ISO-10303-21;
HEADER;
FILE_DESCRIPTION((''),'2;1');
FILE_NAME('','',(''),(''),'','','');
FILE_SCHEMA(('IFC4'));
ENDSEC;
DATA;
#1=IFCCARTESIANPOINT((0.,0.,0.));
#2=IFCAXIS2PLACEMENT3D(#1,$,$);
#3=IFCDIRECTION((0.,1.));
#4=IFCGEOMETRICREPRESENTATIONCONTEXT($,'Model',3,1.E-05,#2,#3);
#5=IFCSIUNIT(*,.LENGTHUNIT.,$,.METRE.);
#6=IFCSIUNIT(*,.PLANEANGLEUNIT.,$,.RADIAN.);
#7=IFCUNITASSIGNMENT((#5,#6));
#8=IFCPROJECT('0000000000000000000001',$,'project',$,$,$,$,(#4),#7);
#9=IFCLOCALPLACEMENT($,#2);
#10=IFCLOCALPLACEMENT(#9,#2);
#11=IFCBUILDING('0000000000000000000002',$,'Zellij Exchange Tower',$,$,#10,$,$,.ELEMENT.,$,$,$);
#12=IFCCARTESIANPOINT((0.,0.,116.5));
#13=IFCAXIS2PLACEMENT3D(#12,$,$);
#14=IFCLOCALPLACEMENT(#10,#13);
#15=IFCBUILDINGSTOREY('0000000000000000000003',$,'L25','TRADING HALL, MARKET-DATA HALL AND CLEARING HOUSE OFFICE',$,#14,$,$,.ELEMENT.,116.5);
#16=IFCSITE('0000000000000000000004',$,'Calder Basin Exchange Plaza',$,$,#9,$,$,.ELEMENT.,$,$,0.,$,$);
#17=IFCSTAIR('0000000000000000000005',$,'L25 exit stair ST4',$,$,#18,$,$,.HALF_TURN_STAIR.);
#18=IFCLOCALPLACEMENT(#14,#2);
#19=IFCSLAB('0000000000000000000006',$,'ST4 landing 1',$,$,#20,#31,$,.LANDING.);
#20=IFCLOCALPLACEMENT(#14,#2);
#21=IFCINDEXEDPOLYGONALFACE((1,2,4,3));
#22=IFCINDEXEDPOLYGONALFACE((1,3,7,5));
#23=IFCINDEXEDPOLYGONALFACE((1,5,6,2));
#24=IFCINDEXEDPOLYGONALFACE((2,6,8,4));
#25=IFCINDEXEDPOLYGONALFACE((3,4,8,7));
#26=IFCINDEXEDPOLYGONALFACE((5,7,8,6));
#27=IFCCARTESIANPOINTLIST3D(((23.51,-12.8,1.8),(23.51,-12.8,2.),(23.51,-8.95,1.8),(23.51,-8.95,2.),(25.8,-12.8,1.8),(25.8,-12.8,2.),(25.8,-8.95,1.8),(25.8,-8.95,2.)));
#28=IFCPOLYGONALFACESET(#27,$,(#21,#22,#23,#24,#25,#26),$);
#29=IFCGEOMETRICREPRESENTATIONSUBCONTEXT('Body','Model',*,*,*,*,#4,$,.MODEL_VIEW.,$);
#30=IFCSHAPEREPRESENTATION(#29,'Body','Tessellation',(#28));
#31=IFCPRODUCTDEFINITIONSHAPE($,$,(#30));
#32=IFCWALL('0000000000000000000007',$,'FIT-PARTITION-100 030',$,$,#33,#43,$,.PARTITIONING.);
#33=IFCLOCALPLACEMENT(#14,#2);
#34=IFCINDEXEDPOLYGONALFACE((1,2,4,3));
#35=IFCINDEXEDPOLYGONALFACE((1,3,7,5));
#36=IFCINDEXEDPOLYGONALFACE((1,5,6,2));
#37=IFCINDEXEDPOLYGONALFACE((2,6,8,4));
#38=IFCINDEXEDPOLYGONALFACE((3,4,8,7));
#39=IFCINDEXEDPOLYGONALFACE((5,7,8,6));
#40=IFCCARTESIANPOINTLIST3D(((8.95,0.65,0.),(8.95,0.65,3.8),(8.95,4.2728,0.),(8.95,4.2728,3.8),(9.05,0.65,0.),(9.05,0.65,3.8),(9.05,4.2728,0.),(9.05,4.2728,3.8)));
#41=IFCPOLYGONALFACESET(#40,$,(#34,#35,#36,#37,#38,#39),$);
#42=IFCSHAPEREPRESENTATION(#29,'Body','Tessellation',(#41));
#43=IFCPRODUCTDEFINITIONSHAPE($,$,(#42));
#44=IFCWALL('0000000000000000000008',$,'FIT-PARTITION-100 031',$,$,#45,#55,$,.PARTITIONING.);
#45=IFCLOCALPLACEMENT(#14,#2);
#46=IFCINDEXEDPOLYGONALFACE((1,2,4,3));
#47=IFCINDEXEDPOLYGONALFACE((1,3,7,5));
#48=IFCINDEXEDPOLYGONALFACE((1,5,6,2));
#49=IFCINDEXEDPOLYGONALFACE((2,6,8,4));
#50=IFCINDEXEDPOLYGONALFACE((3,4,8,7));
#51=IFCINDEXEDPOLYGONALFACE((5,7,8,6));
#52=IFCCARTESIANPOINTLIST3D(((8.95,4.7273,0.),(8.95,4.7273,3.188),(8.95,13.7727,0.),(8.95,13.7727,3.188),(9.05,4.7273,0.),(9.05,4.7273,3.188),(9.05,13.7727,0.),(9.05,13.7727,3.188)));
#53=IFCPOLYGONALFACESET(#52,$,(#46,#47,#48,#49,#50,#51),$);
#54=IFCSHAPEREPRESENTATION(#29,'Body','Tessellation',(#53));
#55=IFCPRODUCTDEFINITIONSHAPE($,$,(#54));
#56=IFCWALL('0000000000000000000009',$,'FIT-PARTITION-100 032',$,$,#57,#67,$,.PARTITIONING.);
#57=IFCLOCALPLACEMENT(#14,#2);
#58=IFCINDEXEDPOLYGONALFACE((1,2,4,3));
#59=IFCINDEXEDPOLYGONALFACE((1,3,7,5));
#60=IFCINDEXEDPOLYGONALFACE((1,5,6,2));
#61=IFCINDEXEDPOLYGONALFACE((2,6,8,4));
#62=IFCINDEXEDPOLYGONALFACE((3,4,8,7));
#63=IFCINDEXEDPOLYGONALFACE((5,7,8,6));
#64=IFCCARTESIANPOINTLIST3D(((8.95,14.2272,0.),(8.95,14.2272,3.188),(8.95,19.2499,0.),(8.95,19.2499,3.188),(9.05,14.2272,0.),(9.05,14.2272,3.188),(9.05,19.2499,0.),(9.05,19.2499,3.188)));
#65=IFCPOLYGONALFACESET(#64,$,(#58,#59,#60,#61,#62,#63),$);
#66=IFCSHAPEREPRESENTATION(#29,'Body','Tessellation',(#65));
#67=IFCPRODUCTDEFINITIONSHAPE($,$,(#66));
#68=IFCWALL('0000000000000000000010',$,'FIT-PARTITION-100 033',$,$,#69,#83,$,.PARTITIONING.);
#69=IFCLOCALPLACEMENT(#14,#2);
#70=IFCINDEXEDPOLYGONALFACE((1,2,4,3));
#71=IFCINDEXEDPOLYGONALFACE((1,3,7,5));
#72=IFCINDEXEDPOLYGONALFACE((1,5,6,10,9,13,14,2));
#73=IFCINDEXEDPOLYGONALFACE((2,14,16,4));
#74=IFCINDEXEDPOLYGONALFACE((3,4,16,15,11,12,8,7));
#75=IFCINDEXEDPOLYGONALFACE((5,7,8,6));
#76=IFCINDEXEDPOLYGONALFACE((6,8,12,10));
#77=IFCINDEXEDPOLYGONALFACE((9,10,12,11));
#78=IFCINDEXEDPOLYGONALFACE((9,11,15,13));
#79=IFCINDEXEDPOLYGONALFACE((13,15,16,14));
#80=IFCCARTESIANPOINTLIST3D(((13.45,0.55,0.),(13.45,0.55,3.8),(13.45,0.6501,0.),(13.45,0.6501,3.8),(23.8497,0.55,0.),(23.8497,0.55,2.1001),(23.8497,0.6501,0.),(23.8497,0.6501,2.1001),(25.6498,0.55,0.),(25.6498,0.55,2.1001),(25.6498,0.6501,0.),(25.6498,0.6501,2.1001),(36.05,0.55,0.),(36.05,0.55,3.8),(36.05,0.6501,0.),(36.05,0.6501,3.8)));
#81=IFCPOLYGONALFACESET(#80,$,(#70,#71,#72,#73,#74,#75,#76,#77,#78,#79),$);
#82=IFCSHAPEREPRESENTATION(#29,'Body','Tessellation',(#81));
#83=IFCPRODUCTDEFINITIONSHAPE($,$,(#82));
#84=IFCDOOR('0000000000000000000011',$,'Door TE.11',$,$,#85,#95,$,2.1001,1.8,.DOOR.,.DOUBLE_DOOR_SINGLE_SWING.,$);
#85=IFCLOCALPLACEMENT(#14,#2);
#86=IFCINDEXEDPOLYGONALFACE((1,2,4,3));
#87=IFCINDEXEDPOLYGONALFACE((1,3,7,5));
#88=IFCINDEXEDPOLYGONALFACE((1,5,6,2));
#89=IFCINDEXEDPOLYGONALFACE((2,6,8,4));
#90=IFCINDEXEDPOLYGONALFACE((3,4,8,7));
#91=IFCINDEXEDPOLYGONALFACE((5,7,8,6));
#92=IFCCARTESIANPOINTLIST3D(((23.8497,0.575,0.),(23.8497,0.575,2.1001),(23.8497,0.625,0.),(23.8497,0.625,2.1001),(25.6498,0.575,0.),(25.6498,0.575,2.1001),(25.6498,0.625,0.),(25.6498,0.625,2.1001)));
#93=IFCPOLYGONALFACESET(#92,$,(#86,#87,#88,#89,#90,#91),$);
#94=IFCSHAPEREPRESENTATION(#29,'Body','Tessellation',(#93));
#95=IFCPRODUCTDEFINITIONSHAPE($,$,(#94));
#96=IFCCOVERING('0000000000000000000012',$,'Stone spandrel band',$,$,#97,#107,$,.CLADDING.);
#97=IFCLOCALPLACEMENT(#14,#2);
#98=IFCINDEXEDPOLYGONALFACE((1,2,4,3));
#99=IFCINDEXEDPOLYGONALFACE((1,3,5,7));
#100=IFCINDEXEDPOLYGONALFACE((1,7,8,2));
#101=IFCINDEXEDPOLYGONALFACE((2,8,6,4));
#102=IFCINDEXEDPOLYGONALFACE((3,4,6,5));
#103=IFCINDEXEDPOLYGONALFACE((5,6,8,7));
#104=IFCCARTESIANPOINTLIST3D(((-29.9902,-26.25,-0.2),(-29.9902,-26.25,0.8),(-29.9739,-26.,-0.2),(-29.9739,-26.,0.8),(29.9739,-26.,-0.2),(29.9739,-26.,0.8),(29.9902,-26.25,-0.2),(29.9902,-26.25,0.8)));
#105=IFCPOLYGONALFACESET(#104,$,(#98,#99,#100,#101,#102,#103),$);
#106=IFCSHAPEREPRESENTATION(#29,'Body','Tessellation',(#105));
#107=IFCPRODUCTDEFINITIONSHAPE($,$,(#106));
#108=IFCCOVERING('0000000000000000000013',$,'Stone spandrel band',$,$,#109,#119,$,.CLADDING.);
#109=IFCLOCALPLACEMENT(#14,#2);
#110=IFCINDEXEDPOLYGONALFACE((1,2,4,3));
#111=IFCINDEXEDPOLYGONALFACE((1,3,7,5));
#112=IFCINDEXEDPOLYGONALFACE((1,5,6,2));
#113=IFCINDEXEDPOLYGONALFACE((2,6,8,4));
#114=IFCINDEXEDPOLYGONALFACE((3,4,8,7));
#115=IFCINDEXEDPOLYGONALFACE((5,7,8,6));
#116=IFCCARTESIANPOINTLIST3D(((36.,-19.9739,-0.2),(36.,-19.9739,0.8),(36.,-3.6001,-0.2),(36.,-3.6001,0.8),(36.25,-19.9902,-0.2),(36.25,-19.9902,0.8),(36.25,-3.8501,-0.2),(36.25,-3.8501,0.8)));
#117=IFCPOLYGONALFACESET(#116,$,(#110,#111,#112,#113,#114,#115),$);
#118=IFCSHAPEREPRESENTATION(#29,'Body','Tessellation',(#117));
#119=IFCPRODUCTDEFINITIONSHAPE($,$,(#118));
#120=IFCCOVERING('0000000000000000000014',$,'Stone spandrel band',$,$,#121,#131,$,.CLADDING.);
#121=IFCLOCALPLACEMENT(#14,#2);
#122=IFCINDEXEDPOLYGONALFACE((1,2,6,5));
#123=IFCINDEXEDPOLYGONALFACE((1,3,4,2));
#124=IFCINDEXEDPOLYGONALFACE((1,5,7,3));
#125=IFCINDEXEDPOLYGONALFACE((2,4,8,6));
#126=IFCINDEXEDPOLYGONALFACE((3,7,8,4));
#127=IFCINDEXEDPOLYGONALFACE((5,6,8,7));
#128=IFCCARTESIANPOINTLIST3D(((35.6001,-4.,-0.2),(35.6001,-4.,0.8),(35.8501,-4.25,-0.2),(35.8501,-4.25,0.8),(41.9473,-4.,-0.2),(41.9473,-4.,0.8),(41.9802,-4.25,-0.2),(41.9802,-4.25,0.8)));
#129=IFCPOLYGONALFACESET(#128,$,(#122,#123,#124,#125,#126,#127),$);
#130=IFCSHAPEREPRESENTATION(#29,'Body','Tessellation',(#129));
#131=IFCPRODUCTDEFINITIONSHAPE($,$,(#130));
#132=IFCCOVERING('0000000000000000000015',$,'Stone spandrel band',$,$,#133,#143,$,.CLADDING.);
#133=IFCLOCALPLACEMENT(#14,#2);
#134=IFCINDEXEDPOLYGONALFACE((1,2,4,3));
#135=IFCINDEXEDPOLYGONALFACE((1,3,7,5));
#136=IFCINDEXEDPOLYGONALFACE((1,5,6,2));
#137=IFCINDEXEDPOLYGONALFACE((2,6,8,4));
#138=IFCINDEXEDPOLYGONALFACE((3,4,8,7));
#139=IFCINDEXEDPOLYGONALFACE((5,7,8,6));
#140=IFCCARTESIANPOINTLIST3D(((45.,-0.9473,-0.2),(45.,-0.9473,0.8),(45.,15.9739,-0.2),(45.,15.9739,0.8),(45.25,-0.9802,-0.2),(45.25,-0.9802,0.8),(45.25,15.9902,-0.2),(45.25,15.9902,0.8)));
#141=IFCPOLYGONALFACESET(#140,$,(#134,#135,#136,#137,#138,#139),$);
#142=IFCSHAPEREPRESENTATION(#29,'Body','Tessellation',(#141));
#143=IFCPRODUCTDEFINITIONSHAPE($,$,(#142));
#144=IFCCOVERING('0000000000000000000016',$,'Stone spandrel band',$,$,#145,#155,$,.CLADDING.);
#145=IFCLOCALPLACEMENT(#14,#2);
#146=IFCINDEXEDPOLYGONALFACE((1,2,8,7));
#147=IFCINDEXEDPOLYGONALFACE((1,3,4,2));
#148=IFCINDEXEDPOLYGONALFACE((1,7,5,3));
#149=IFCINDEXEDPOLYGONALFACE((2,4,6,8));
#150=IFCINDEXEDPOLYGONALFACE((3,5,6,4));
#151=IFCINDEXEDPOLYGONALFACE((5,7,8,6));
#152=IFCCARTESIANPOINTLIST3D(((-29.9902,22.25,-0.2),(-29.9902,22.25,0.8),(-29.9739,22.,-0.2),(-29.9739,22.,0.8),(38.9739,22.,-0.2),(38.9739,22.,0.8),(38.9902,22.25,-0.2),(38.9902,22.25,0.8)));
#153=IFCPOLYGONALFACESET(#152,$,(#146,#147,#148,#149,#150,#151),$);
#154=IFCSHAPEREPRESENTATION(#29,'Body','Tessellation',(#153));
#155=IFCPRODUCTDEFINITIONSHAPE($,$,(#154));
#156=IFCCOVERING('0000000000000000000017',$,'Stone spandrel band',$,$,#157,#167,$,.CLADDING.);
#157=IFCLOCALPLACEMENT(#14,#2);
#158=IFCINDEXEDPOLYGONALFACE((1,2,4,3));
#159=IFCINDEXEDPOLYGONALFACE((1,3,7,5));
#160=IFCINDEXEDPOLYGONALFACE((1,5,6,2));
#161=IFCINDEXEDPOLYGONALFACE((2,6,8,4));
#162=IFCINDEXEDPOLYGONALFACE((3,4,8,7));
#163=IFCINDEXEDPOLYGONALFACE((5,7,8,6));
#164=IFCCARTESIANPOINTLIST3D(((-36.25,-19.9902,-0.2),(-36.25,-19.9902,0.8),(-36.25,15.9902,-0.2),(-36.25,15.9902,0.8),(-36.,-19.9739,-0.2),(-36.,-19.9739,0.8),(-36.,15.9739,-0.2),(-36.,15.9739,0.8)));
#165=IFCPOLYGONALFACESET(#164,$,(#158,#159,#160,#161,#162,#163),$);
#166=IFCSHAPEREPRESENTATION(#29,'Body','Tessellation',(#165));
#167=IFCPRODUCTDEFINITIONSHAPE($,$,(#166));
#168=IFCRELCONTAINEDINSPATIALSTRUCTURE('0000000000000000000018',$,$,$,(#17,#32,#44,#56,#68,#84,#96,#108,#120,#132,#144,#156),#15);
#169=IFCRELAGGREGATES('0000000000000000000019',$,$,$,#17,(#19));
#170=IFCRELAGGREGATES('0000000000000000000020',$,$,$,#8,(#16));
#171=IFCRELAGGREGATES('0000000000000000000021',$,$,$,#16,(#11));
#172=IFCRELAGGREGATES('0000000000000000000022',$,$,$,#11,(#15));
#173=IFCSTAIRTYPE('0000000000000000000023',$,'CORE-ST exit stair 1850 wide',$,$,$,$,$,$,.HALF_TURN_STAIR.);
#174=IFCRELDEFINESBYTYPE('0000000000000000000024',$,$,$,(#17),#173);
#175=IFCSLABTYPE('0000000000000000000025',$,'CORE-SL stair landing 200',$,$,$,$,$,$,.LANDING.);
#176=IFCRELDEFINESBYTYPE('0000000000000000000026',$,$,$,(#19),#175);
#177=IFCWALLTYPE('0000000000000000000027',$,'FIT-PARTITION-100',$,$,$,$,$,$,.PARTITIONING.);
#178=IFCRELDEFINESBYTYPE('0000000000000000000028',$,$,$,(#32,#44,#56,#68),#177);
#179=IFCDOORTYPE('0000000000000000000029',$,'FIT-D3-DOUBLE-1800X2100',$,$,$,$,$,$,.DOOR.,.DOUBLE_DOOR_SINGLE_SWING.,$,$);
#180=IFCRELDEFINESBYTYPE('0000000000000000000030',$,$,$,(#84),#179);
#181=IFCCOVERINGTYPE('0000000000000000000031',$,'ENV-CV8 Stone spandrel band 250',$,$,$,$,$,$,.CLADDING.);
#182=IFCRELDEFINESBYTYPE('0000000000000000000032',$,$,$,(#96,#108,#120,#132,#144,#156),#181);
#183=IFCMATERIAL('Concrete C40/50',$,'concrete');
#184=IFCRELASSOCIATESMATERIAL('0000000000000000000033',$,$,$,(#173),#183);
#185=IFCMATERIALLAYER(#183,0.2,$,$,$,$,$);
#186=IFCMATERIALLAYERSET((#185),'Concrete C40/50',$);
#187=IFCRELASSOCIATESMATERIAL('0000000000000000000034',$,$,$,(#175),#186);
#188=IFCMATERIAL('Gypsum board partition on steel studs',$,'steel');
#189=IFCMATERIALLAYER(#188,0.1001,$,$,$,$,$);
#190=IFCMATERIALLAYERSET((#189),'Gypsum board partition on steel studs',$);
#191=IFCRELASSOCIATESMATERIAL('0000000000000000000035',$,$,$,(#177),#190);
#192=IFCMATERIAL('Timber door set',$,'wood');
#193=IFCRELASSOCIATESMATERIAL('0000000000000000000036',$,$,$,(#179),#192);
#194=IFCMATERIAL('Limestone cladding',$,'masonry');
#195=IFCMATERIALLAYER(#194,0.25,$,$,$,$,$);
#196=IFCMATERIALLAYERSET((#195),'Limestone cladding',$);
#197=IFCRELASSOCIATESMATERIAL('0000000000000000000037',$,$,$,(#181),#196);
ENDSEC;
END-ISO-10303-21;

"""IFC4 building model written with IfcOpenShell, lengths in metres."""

from ifc_helpers import new_model, si_unit, direction, frame, frame_2d, origin, place, context, subcontext, project, spatial, polyline, rectangle, outline, extrude, material, layer, layer_set, type_object, element, fill, aggregate, save


model = new_model("IFC4")

# Units and contexts
model_context = context("Model", 3, precision=1e-05, world=origin(), true_north=direction((0.0, 1.0)))
body_context = subcontext(model_context, "Body", "Model", "MODEL_VIEW")
ifc_project = project(units=[si_unit("LENGTHUNIT", "METRE"), si_unit("PLANEANGLEUNIT", "RADIAN")], contexts=[model_context])

# Site, building, storey
site_placement = place(None, origin())
site = spatial("IfcSite", under=ifc_project, at=site_placement, Name="Calder Basin Exchange Plaza", CompositionType="ELEMENT", RefElevation=0.0)
building_placement = place(site_placement, origin())
building = spatial("IfcBuilding", under=site, at=building_placement, Name="Zellij Exchange Tower", CompositionType="ELEMENT")
storey_placement = place(building_placement, frame((0.0, 0.0, 116.5)))
storey = spatial("IfcBuildingStorey", under=building, at=storey_placement, Name="L25", Description="TRADING HALL, MARKET-DATA HALL AND CLEARING HOUSE OFFICE", CompositionType="ELEMENT", Elevation=116.5)

# Stair, slab
ifc_material_1 = material(Name="Concrete C40/50", Category="concrete")
stair_type = type_object("IfcStairType", Name="CORE-ST exit stair 1850 wide", PredefinedType="HALF_TURN_STAIR", material=ifc_material_1)
ifc_layer_1 = layer(ifc_material_1, 0.2)
ifc_layer_set_1 = layer_set([ifc_layer_1], Name="Concrete C40/50")
slab_type = type_object("IfcSlabType", Name="CORE-SL stair landing 200", PredefinedType="LANDING", material=ifc_layer_set_1)
stair_1_placement = place(storey_placement, origin())
stair_1 = element("IfcStair", 1, at=stair_1_placement, inside=storey, type_object=stair_type, Name="L25 exit stair ST4", PredefinedType="HALF_TURN_STAIR")
slab_1_placement = place(storey_placement, frame((0.0, 0.0, 1.8)))
slab_1 = element("IfcSlab", 2, at=slab_1_placement, type_object=slab_type, Name="ST4 landing 1", PredefinedType="LANDING", context=body_context, shape_type="SweptSolid", body=[
    extrude(outline(polyline([(23.51, -12.8), (25.8, -12.8), (25.8, -8.95), (23.51, -8.95), (23.51, -12.8)])), origin(), (0.0, 0.0, 1.0), 0.2),
])
aggregate(stair_1, [slab_1])

# Walls
ifc_material_2 = material(Name="Gypsum board partition on steel studs", Category="steel")
ifc_layer_2 = layer(ifc_material_2, 0.1001)
ifc_layer_set_2 = layer_set([ifc_layer_2], Name="Gypsum board partition on steel studs")
wall_type = type_object("IfcWallType", Name="FIT-PARTITION-100", PredefinedType="PARTITIONING", material=ifc_layer_set_2)
wall_1_placement = place(storey_placement, frame((9.0, 0.6499, 0.0), z_axis=(0.0, 0.0, 1.0), x_axis=(0.0, 1.0, 0.0)))
element("IfcWall", 3, at=wall_1_placement, inside=storey, type_object=wall_type, Name="FIT-PARTITION-100 030", PredefinedType="PARTITIONING", context=body_context, shape_type="SweptSolid", body=[
    extrude(rectangle(XDim=3.6228, YDim=0.1001, at=frame_2d((1.8115, 0.0))), origin(), (0.0, 0.0, 1.0), 3.8),
])
wall_2_placement = place(storey_placement, frame((9.0, 4.7273, 0.0), z_axis=(0.0, 0.0, 1.0), x_axis=(0.0, 1.0, 0.0)))
element("IfcWall", 4, at=wall_2_placement, inside=storey, type_object=wall_type, Name="FIT-PARTITION-100 031", PredefinedType="PARTITIONING", context=body_context, shape_type="SweptSolid", body=[
    extrude(rectangle(XDim=9.0454, YDim=0.1001, at=frame_2d((4.5227, 0.0))), origin(), (0.0, 0.0, 1.0), 3.188),
])
wall_3_placement = place(storey_placement, frame((9.0, 14.2273, 0.0), z_axis=(0.0, 0.0, 1.0), x_axis=(0.0, 1.0, 0.0)))
element("IfcWall", 5, at=wall_3_placement, inside=storey, type_object=wall_type, Name="FIT-PARTITION-100 032", PredefinedType="PARTITIONING", context=body_context, shape_type="SweptSolid", body=[
    extrude(rectangle(XDim=5.0227, YDim=0.1001, at=frame_2d((2.5112, 0.0))), origin(), (0.0, 0.0, 1.0), 3.188),
])

# Wall, opening, door
wall_4_placement = place(storey_placement, frame((13.45, 0.6001, 0.0), z_axis=(0.0, 0.0, 1.0), x_axis=(1.0, 0.0, 0.0)))
wall_4 = element("IfcWall", 6, at=wall_4_placement, inside=storey, type_object=wall_type, Name="FIT-PARTITION-100 033", PredefinedType="PARTITIONING", context=body_context, shape_type="SweptSolid", body=[
    extrude(rectangle(XDim=22.6001, YDim=0.1001, at=frame_2d((11.3, 0.0))), origin(), (0.0, 0.0, 1.0), 3.8),
])
opening_placement = place(wall_4_placement, frame((10.3999, 0.0, 0.0)))
opening = element("IfcOpeningElement", 7, at=opening_placement, cuts=wall_4, PredefinedType="OPENING", context=body_context, shape_type="SweptSolid", body=[
    extrude(rectangle(XDim=1.8, YDim=2.1001, at=frame_2d((0.8999, 1.05))), frame((0.0, 0.062, 0.0), z_axis=(0.0, -1.0, 0.0), x_axis=(1.0, 0.0, 0.0)), (0.0, 0.0, 1.0), 0.124),
])
ifc_material_3 = material(Name="Timber door set", Category="wood")
door_type = type_object("IfcDoorType", Name="FIT-D3-DOUBLE-1800X2100", OperationType="DOUBLE_DOOR_SINGLE_SWING", PredefinedType="DOOR", material=ifc_material_3)
door_placement = place(opening_placement, origin())
door = element("IfcDoor", 8, at=door_placement, inside=storey, type_object=door_type, Name="Door TE.11", OperationType="DOUBLE_DOOR_SINGLE_SWING", OverallHeight=2.1001, OverallWidth=1.8, PredefinedType="DOOR", context=body_context, shape_type="SweptSolid", body=[
    extrude(rectangle(XDim=1.8, YDim=2.1001, at=frame_2d((0.8999, 1.05))), frame((0.0, 0.0249, 0.0), z_axis=(0.0, -1.0, 0.0), x_axis=(1.0, 0.0, 0.0)), (0.0, 0.0, 1.0), 0.05),
])
fill(opening, door)

# Coverings
ifc_material_4 = material(Name="Limestone cladding", Category="masonry")
ifc_layer_3 = layer(ifc_material_4, 0.25)
ifc_layer_set_3 = layer_set([ifc_layer_3], Name="Limestone cladding")
covering_type = type_object("IfcCoveringType", Name="ENV-CV8 Stone spandrel band 250", PredefinedType="CLADDING", material=ifc_layer_set_3)
covering_1_placement = place(storey_placement, frame((0.0, 0.0, -0.2)))
element("IfcCovering", 9, at=covering_1_placement, inside=storey, type_object=covering_type, Name="Stone spandrel band", PredefinedType="CLADDING", context=body_context, shape_type="SweptSolid", body=[
    extrude(outline(polyline([(-29.9739, -26.0), (29.9739, -26.0), (29.9902, -26.25), (-29.9902, -26.25), (-29.9739, -26.0)])), origin(), (0.0, 0.0, 1.0), 1.0),
])
covering_2_placement = place(storey_placement, frame((0.0, 0.0, -0.2)))
element("IfcCovering", 10, at=covering_2_placement, inside=storey, type_object=covering_type, Name="Stone spandrel band", PredefinedType="CLADDING", context=body_context, shape_type="SweptSolid", body=[
    extrude(outline(polyline([(36.0, -19.9739), (36.0, -3.6001), (36.25, -3.8501), (36.25, -19.9902), (36.0, -19.9739)])), origin(), (0.0, 0.0, 1.0), 1.0),
])
covering_3_placement = place(storey_placement, frame((0.0, 0.0, -0.2)))
element("IfcCovering", 11, at=covering_3_placement, inside=storey, type_object=covering_type, Name="Stone spandrel band", PredefinedType="CLADDING", context=body_context, shape_type="SweptSolid", body=[
    extrude(outline(polyline([(35.6001, -4.0), (41.9473, -4.0), (41.9802, -4.25), (35.8501, -4.25), (35.6001, -4.0)])), origin(), (0.0, 0.0, 1.0), 1.0),
])
covering_4_placement = place(storey_placement, frame((0.0, 0.0, -0.2)))
element("IfcCovering", 12, at=covering_4_placement, inside=storey, type_object=covering_type, Name="Stone spandrel band", PredefinedType="CLADDING", context=body_context, shape_type="SweptSolid", body=[
    extrude(outline(polyline([(45.0, -0.9473), (45.0, 15.9739), (45.25, 15.9902), (45.25, -0.9802), (45.0, -0.9473)])), origin(), (0.0, 0.0, 1.0), 1.0),
])
covering_5_placement = place(storey_placement, frame((0.0, 0.0, -0.2)))
element("IfcCovering", 13, at=covering_5_placement, inside=storey, type_object=covering_type, Name="Stone spandrel band", PredefinedType="CLADDING", context=body_context, shape_type="SweptSolid", body=[
    extrude(outline(polyline([(38.9739, 22.0), (-29.9739, 22.0), (-29.9902, 22.25), (38.9902, 22.25), (38.9739, 22.0)])), origin(), (0.0, 0.0, 1.0), 1.0),
])
covering_6_placement = place(storey_placement, frame((0.0, 0.0, -0.2)))
element("IfcCovering", 14, at=covering_6_placement, inside=storey, type_object=covering_type, Name="Stone spandrel band", PredefinedType="CLADDING", context=body_context, shape_type="SweptSolid", body=[
    extrude(outline(polyline([(-36.0, 15.9739), (-36.0, -19.9739), (-36.25, -19.9902), (-36.25, 15.9902), (-36.0, 15.9739)])), origin(), (0.0, 0.0, 1.0), 1.0),
])

save(model, "model.ifc")
